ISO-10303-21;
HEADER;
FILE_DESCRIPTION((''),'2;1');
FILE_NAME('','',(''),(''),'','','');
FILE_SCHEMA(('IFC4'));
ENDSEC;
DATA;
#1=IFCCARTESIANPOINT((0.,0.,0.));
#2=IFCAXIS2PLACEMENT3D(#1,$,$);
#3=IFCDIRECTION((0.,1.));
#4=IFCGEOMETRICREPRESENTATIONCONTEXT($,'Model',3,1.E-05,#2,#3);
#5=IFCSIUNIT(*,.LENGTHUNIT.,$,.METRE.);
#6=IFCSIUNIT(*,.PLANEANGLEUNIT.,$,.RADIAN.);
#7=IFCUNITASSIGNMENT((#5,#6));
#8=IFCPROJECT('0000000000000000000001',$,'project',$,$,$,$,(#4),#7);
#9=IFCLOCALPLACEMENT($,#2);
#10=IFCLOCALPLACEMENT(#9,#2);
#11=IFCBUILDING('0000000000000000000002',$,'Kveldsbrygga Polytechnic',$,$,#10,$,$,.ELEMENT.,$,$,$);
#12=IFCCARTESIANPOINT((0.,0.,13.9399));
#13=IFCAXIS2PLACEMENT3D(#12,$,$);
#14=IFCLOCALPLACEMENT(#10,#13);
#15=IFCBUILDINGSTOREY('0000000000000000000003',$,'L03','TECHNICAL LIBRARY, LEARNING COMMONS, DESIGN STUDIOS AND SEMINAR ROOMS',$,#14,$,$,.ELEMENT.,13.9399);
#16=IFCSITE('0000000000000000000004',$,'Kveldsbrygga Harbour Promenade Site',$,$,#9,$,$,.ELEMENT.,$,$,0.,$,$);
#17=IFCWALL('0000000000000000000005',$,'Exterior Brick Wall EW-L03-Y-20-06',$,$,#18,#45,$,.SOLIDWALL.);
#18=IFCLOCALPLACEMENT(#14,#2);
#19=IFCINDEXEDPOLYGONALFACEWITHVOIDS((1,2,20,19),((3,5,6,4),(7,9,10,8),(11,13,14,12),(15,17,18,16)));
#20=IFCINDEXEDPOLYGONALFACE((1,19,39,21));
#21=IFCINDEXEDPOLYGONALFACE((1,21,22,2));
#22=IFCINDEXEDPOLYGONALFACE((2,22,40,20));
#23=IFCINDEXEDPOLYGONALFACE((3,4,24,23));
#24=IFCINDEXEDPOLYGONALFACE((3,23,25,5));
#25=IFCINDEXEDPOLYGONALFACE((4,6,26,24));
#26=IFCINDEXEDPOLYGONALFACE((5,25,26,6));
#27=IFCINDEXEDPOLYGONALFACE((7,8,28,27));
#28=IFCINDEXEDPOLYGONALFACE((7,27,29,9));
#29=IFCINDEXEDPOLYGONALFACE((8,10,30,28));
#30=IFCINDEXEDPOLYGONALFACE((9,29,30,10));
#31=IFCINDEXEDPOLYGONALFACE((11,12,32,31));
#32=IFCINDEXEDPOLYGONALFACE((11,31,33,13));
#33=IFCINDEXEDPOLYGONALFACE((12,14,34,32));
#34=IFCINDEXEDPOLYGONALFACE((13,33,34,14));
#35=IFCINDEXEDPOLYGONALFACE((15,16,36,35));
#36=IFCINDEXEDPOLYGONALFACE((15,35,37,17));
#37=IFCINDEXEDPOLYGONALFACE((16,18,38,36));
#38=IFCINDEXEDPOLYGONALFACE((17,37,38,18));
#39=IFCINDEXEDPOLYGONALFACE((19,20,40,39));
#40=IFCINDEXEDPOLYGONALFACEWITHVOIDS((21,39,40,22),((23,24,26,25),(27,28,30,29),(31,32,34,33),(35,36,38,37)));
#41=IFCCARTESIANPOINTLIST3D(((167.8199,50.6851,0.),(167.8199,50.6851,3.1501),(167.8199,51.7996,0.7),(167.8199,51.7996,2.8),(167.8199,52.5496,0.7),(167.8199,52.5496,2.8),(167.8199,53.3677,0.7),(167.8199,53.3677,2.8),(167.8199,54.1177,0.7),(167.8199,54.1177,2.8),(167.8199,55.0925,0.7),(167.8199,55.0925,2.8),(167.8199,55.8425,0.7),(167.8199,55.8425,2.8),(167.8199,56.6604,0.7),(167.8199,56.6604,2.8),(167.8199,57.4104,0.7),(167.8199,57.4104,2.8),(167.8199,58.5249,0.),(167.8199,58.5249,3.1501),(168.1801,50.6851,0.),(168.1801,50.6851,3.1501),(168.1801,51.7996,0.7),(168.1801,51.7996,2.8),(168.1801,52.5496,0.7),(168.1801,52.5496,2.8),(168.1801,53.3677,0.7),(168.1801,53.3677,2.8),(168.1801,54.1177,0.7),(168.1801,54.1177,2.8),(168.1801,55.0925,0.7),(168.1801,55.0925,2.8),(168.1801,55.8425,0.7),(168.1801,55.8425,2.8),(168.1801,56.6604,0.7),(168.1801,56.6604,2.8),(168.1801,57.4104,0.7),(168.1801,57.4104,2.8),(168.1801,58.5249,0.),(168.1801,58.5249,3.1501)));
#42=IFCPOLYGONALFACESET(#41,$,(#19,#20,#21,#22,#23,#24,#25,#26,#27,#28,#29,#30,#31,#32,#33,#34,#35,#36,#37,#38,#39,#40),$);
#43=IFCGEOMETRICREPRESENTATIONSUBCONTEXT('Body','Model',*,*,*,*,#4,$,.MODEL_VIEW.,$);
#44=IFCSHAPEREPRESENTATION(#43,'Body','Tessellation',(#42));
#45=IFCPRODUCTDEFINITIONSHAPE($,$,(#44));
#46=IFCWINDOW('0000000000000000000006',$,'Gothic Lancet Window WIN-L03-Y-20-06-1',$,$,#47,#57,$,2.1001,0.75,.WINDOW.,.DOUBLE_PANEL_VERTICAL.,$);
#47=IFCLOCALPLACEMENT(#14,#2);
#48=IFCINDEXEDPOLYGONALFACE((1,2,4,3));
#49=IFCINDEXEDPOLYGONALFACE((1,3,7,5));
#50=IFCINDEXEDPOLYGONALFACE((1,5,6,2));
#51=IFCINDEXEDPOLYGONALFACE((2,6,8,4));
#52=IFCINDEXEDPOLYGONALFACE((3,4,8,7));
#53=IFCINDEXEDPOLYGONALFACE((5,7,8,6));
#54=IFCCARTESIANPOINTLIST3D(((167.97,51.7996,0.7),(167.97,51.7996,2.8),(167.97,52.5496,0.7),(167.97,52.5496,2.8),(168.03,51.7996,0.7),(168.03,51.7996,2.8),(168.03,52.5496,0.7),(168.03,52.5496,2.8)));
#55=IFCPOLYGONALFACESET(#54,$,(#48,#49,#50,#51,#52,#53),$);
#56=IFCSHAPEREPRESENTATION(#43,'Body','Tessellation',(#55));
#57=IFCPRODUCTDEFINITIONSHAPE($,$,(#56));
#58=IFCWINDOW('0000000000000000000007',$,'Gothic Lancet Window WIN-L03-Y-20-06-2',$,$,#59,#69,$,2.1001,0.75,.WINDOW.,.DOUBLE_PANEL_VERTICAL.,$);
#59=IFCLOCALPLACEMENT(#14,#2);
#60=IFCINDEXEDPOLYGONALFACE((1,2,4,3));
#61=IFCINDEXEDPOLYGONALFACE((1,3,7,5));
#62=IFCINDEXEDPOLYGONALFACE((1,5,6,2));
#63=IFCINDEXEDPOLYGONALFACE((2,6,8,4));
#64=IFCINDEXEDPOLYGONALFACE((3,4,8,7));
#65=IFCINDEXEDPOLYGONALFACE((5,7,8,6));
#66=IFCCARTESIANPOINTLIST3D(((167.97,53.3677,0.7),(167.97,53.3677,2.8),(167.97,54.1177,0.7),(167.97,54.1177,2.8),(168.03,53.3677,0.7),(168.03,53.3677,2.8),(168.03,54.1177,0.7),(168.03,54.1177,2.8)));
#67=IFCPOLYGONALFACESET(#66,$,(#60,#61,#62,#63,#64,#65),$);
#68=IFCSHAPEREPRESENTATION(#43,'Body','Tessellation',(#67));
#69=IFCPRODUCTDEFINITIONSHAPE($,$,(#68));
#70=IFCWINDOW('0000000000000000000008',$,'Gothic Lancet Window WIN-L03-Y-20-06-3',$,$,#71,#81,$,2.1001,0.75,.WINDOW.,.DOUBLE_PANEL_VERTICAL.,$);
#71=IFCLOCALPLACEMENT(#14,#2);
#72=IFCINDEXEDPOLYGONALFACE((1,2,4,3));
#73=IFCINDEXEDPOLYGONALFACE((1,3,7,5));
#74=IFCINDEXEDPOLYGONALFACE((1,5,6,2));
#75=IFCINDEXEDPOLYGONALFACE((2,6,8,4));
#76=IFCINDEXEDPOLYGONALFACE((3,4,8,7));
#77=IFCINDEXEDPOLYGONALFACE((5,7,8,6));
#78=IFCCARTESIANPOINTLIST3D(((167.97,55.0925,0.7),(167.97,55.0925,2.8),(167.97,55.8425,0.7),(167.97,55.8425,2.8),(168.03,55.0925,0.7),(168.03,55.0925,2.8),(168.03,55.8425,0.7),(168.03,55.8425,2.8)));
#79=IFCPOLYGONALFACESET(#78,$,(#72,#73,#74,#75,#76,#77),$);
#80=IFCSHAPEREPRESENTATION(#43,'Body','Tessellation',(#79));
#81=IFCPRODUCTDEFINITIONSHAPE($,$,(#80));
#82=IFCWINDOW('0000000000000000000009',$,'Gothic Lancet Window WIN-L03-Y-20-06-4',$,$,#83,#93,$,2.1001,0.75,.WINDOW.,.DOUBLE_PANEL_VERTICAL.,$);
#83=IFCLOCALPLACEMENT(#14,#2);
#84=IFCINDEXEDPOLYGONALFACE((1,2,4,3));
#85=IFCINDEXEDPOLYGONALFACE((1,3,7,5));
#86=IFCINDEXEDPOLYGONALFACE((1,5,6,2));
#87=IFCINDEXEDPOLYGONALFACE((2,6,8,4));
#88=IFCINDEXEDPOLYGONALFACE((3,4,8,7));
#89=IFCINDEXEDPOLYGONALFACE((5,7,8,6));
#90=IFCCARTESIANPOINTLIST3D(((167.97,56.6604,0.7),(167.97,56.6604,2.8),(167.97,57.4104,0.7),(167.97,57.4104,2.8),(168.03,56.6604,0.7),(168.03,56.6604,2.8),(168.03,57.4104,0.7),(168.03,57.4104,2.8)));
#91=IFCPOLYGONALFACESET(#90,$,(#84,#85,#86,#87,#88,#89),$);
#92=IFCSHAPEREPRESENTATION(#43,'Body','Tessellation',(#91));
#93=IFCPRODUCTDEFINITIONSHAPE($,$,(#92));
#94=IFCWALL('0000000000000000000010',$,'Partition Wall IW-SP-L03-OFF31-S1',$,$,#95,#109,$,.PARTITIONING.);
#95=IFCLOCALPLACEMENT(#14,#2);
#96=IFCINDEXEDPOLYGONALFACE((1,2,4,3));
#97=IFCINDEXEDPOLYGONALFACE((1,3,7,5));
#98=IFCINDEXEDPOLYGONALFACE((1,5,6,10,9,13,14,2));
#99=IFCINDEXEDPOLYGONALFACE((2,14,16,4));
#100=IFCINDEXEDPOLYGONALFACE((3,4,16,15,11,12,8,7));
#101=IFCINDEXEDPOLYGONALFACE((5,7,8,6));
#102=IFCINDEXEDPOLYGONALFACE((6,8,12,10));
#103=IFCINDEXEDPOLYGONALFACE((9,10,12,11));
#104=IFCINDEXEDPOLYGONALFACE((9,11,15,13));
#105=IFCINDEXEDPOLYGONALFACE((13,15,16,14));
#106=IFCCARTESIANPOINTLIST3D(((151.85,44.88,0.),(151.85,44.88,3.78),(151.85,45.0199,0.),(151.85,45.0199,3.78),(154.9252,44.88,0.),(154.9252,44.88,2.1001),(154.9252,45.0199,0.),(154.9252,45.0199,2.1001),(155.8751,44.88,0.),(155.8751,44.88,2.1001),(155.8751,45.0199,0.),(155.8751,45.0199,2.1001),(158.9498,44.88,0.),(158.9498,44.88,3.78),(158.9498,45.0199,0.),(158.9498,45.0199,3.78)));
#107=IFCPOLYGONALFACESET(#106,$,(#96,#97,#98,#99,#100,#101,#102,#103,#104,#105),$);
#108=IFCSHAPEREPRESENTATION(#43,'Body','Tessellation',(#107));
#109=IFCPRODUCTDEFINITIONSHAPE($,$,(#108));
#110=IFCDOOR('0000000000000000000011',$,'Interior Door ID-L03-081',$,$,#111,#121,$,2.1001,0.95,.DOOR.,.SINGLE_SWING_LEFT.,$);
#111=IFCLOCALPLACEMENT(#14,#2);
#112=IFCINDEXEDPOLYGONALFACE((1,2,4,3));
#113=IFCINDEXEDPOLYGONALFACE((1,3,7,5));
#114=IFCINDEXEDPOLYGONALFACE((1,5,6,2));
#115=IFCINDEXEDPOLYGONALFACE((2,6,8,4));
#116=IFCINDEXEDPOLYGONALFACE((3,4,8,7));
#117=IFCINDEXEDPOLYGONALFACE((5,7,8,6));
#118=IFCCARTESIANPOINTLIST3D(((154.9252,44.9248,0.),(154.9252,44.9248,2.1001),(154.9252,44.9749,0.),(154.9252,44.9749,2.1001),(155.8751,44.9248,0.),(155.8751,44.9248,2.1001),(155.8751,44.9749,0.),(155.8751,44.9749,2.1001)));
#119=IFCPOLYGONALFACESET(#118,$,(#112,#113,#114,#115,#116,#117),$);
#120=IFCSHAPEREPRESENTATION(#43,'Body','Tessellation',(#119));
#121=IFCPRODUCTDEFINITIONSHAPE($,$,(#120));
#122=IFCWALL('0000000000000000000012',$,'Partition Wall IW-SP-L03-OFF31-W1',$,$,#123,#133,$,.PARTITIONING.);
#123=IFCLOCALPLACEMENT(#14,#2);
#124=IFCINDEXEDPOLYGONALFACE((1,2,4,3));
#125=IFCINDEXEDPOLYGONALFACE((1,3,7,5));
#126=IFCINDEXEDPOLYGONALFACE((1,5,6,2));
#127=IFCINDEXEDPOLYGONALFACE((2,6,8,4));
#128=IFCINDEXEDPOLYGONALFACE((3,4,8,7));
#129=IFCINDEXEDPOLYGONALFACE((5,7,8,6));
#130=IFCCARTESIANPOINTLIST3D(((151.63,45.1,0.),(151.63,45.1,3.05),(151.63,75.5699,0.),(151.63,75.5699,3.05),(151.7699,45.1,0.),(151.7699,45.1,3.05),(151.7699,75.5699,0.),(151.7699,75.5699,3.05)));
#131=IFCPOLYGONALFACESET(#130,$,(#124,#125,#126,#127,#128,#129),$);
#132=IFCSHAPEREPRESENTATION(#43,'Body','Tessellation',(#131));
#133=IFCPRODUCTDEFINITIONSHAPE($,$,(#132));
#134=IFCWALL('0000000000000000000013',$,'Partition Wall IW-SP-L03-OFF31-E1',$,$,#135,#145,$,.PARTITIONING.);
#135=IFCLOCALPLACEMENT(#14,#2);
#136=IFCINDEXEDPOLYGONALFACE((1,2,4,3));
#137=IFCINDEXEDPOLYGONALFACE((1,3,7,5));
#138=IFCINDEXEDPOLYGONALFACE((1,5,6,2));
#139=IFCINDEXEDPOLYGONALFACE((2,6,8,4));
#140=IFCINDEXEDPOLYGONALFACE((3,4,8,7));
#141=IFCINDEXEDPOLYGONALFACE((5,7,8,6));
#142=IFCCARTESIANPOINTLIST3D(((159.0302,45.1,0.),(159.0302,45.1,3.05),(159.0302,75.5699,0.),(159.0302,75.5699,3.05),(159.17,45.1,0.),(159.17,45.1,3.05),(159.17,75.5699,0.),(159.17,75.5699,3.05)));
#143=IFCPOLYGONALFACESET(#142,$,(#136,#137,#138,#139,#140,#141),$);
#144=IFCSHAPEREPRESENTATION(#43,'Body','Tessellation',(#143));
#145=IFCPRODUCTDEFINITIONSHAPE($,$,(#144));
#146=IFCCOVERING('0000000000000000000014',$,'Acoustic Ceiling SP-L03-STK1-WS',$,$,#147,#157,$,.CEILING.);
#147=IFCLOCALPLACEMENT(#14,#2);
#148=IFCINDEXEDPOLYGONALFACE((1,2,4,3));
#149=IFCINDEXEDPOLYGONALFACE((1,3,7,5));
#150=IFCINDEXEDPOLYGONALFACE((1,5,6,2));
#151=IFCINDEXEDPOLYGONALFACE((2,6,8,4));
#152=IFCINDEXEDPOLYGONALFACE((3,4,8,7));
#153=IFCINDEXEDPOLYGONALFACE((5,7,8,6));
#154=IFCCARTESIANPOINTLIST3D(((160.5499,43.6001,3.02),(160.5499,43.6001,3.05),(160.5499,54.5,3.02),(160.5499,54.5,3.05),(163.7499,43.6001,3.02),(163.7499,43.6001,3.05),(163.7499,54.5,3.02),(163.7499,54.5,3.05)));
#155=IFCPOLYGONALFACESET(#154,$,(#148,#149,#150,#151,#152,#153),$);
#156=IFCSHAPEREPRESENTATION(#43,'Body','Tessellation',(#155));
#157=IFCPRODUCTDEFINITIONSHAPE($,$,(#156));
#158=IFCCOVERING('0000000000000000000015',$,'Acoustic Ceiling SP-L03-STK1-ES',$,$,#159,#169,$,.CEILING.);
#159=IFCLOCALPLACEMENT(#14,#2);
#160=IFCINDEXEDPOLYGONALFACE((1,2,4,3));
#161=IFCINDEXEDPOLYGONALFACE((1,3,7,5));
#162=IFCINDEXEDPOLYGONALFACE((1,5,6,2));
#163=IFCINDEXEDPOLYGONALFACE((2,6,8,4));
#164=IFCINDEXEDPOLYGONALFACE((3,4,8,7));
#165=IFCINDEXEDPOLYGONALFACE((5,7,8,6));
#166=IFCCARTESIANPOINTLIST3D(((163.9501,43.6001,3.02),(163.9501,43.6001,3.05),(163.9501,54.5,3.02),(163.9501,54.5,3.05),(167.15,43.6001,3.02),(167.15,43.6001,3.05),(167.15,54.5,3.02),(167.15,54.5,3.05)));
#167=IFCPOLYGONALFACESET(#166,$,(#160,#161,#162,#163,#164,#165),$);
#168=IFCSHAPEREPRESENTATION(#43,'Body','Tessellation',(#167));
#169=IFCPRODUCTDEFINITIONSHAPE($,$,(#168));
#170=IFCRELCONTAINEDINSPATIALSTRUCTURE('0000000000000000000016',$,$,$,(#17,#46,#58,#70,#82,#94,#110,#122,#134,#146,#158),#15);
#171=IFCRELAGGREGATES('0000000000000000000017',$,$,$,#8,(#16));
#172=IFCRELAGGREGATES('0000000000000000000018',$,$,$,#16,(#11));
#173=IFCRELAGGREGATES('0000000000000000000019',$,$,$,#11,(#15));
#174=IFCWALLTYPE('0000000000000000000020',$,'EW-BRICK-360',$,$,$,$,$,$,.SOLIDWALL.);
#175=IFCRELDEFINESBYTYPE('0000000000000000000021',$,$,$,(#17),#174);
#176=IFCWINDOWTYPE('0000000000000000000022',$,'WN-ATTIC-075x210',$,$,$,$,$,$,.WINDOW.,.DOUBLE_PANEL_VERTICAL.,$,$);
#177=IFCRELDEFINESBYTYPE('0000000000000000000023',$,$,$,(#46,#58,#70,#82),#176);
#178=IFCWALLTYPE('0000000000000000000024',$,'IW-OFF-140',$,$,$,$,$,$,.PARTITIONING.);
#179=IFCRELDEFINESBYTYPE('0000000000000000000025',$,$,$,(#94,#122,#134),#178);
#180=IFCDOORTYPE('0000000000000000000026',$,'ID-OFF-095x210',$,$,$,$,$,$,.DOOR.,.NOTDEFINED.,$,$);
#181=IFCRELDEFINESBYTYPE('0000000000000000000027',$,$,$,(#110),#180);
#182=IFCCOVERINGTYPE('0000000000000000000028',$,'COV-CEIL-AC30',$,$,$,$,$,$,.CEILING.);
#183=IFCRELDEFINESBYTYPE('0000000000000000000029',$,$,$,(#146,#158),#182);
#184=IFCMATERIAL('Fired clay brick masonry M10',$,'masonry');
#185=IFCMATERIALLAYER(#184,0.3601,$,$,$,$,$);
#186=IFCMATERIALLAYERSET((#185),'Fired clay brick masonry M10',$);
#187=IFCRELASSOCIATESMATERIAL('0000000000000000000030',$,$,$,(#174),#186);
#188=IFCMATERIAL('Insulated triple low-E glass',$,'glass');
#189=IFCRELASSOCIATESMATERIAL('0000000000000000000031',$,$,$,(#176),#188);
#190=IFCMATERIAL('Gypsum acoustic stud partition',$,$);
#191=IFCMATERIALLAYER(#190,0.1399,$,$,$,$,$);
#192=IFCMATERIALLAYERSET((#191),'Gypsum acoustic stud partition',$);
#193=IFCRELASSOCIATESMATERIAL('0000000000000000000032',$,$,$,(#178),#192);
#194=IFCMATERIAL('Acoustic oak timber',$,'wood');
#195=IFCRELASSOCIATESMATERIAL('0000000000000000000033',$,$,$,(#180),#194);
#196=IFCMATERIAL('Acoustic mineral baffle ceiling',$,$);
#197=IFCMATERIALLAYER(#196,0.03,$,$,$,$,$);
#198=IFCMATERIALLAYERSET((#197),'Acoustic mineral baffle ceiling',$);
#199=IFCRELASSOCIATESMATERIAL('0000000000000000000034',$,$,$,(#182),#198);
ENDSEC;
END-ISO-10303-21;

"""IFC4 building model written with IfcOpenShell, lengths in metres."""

from ifc_helpers import new_model, si_unit, direction, frame, frame_2d, origin, origin_2d, place, context, subcontext, project, spatial, rectangle, extrude, material, layer, layer_set, type_object, element, fill, save


model = new_model("IFC4")

# Units and contexts
model_context = context("Model", 3, precision=1e-05, world=origin(), true_north=direction((0.0, 1.0)))
body_context = subcontext(model_context, "Body", "Model", "MODEL_VIEW")
ifc_project = project(units=[si_unit("LENGTHUNIT", "METRE"), si_unit("PLANEANGLEUNIT", "RADIAN")], contexts=[model_context])

# Site, building, storey
site_placement = place(None, origin())
site = spatial("IfcSite", under=ifc_project, at=site_placement, Name="Kveldsbrygga Harbour Promenade Site", CompositionType="ELEMENT", RefElevation=0.0)
building_placement = place(site_placement, origin())
building = spatial("IfcBuilding", under=site, at=building_placement, Name="Kveldsbrygga Polytechnic", CompositionType="ELEMENT")
storey_placement = place(building_placement, frame((0.0, 0.0, 13.9399)))
storey = spatial("IfcBuildingStorey", under=building, at=storey_placement, Name="L03", Description="TECHNICAL LIBRARY, LEARNING COMMONS, DESIGN STUDIOS AND SEMINAR ROOMS", CompositionType="ELEMENT", Elevation=13.9399)

# Wall, openings, windows
ifc_material_1 = material(Name="Fired clay brick masonry M10", Category="masonry")
ifc_layer_1 = layer(ifc_material_1, 0.3601)
ifc_layer_set_1 = layer_set([ifc_layer_1], Name="Fired clay brick masonry M10")
wall_type_1 = type_object("IfcWallType", Name="EW-BRICK-360", PredefinedType="SOLIDWALL", material=ifc_layer_set_1)
ifc_material_2 = material(Name="Insulated triple low-E glass", Category="glass")
window_type = type_object("IfcWindowType", Name="WN-ATTIC-075x210", PartitioningType="DOUBLE_PANEL_VERTICAL", PredefinedType="WINDOW", material=ifc_material_2)
wall_1_placement = place(storey_placement, frame((168.0, 50.6851, 0.0), z_axis=(0.0, 0.0, 1.0), x_axis=(0.0, 1.0, 0.0)))
wall_1 = element("IfcWall", 1, at=wall_1_placement, inside=storey, type_object=wall_type_1, Name="Exterior Brick Wall EW-L03-Y-20-06", PredefinedType="SOLIDWALL", context=body_context, shape_type="SweptSolid", body=[
    extrude(rectangle(XDim=7.8398, YDim=0.3601, at=frame_2d((3.9199, 0.0))), origin(), (0.0, 0.0, 1.0), 3.1501),
])
opening_1_placement = place(wall_1_placement, frame((1.1145, 0.0, 0.7)))
opening_1 = element("IfcOpeningElement", 2, at=opening_1_placement, cuts=wall_1, PredefinedType="OPENING", context=body_context, shape_type="SweptSolid", body=[
    extrude(rectangle(XDim=0.75, YDim=2.1001, at=frame_2d((0.375, 1.05))), frame((0.0, 0.1899, 0.0), z_axis=(0.0, -1.0, 0.0), x_axis=(1.0, 0.0, 0.0)), (0.0, 0.0, 1.0), 0.3801),
])
opening_2_placement = place(wall_1_placement, frame((2.6826, 0.0, 0.7)))
opening_2 = element("IfcOpeningElement", 3, at=opening_2_placement, cuts=wall_1, PredefinedType="OPENING", context=body_context, shape_type="SweptSolid", body=[
    extrude(rectangle(XDim=0.75, YDim=2.1001, at=frame_2d((0.375, 1.05))), frame((0.0, 0.1899, 0.0), z_axis=(0.0, -1.0, 0.0), x_axis=(1.0, 0.0, 0.0)), (0.0, 0.0, 1.0), 0.3801),
])
opening_3_placement = place(wall_1_placement, frame((4.4075, 0.0, 0.7)))
opening_3 = element("IfcOpeningElement", 4, at=opening_3_placement, cuts=wall_1, PredefinedType="OPENING", context=body_context, shape_type="SweptSolid", body=[
    extrude(rectangle(XDim=0.75, YDim=2.1001, at=frame_2d((0.375, 1.05))), frame((0.0, 0.1899, 0.0), z_axis=(0.0, -1.0, 0.0), x_axis=(1.0, 0.0, 0.0)), (0.0, 0.0, 1.0), 0.3801),
])
opening_4_placement = place(wall_1_placement, frame((5.9753, 0.0, 0.7)))
opening_4 = element("IfcOpeningElement", 5, at=opening_4_placement, cuts=wall_1, PredefinedType="OPENING", context=body_context, shape_type="SweptSolid", body=[
    extrude(rectangle(XDim=0.75, YDim=2.1001, at=frame_2d((0.375, 1.05))), frame((0.0, 0.1899, 0.0), z_axis=(0.0, -1.0, 0.0), x_axis=(1.0, 0.0, 0.0)), (0.0, 0.0, 1.0), 0.3801),
])
window_1_placement = place(opening_1_placement, origin())
window_1 = element("IfcWindow", 6, at=window_1_placement, inside=storey, type_object=window_type, Name="Gothic Lancet Window WIN-L03-Y-20-06-1", OverallHeight=2.1001, OverallWidth=0.75, PartitioningType="DOUBLE_PANEL_VERTICAL", PredefinedType="WINDOW", context=body_context, shape_type="SweptSolid", body=[
    extrude(rectangle(XDim=0.75, YDim=2.1001, at=frame_2d((0.375, 1.05))), frame((0.0, 0.03, 0.0), z_axis=(0.0, -1.0, 0.0), x_axis=(1.0, 0.0, 0.0)), (0.0, 0.0, 1.0), 0.0601),
])
fill(opening_1, window_1)
window_2_placement = place(opening_2_placement, origin())
window_2 = element("IfcWindow", 7, at=window_2_placement, inside=storey, type_object=window_type, Name="Gothic Lancet Window WIN-L03-Y-20-06-2", OverallHeight=2.1001, OverallWidth=0.75, PartitioningType="DOUBLE_PANEL_VERTICAL", PredefinedType="WINDOW", context=body_context, shape_type="SweptSolid", body=[
    extrude(rectangle(XDim=0.75, YDim=2.1001, at=frame_2d((0.375, 1.05))), frame((0.0, 0.03, 0.0), z_axis=(0.0, -1.0, 0.0), x_axis=(1.0, 0.0, 0.0)), (0.0, 0.0, 1.0), 0.0601),
])
fill(opening_2, window_2)
window_3_placement = place(opening_3_placement, origin())
window_3 = element("IfcWindow", 8, at=window_3_placement, inside=storey, type_object=window_type, Name="Gothic Lancet Window WIN-L03-Y-20-06-3", OverallHeight=2.1001, OverallWidth=0.75, PartitioningType="DOUBLE_PANEL_VERTICAL", PredefinedType="WINDOW", context=body_context, shape_type="SweptSolid", body=[
    extrude(rectangle(XDim=0.75, YDim=2.1001, at=frame_2d((0.375, 1.05))), frame((0.0, 0.03, 0.0), z_axis=(0.0, -1.0, 0.0), x_axis=(1.0, 0.0, 0.0)), (0.0, 0.0, 1.0), 0.0601),
])
fill(opening_3, window_3)
window_4_placement = place(opening_4_placement, origin())
window_4 = element("IfcWindow", 9, at=window_4_placement, inside=storey, type_object=window_type, Name="Gothic Lancet Window WIN-L03-Y-20-06-4", OverallHeight=2.1001, OverallWidth=0.75, PartitioningType="DOUBLE_PANEL_VERTICAL", PredefinedType="WINDOW", context=body_context, shape_type="SweptSolid", body=[
    extrude(rectangle(XDim=0.75, YDim=2.1001, at=frame_2d((0.375, 1.05))), frame((0.0, 0.03, 0.0), z_axis=(0.0, -1.0, 0.0), x_axis=(1.0, 0.0, 0.0)), (0.0, 0.0, 1.0), 0.0601),
])
fill(opening_4, window_4)

# Wall, opening, door
ifc_material_3 = material(Name="Gypsum acoustic stud partition")
ifc_layer_2 = layer(ifc_material_3, 0.1399)
ifc_layer_set_2 = layer_set([ifc_layer_2], Name="Gypsum acoustic stud partition")
wall_type_2 = type_object("IfcWallType", Name="IW-OFF-140", PredefinedType="PARTITIONING", material=ifc_layer_set_2)
wall_2_placement = place(storey_placement, frame((151.8501, 44.95, 0.0), z_axis=(0.0, 0.0, 1.0), x_axis=(1.0, 0.0, 0.0)))
wall_2 = element("IfcWall", 10, at=wall_2_placement, inside=storey, type_object=wall_type_2, Name="Partition Wall IW-SP-L03-OFF31-S1", PredefinedType="PARTITIONING", context=body_context, shape_type="SweptSolid", body=[
    extrude(rectangle(XDim=7.0999, YDim=0.1399, at=frame_2d((3.5498, 0.0))), origin(), (0.0, 0.0, 1.0), 3.78),
])
opening_5_placement = place(wall_2_placement, frame((3.075, 0.0, 0.0)))
opening_5 = element("IfcOpeningElement", 11, at=opening_5_placement, cuts=wall_2, PredefinedType="OPENING", context=body_context, shape_type="SweptSolid", body=[
    extrude(rectangle(XDim=0.95, YDim=2.1001, at=frame_2d((0.4751, 1.05))), frame((0.0, 0.0801, 0.0), z_axis=(0.0, -1.0, 0.0), x_axis=(1.0, 0.0, 0.0)), (0.0, 0.0, 1.0), 0.1599),
])
ifc_material_4 = material(Name="Acoustic oak timber", Category="wood")
door_type = type_object("IfcDoorType", Name="ID-OFF-095x210", OperationType="NOTDEFINED", PredefinedType="DOOR", material=ifc_material_4)
door_placement = place(opening_5_placement, origin())
door = element("IfcDoor", 12, at=door_placement, inside=storey, type_object=door_type, Name="Interior Door ID-L03-081", OperationType="SINGLE_SWING_LEFT", OverallHeight=2.1001, OverallWidth=0.95, PredefinedType="DOOR", context=body_context, shape_type="SweptSolid", body=[
    extrude(rectangle(XDim=0.95, YDim=2.1001, at=frame_2d((0.4751, 1.05))), frame((0.0, 0.0249, 0.0), z_axis=(0.0, -1.0, 0.0), x_axis=(1.0, 0.0, 0.0)), (0.0, 0.0, 1.0), 0.05),
])
fill(opening_5, door)

# Walls
for number, where, z_axis, x_axis, name in (
    (13, (151.7, 45.1001, 0.0), (0.0, 0.0, 1.0), (0.0, 1.0, 0.0), "Partition Wall IW-SP-L03-OFF31-W1"),
    (14, (159.1001, 45.1001, 0.0), (0.0, 0.0, 1.0), (0.0, 1.0, 0.0), "Partition Wall IW-SP-L03-OFF31-E1"),
):
    element("IfcWall", number, at=place(storey_placement, frame(where, z_axis=z_axis, x_axis=x_axis)), inside=storey, type_object=wall_type_2, Name=name, PredefinedType="PARTITIONING", context=body_context, shape_type="SweptSolid", body=[
        extrude(rectangle(XDim=30.47, YDim=0.1399, at=frame_2d((15.2349, 0.0))), origin(), (0.0, 0.0, 1.0), 3.05),
    ])

# Coverings
ifc_material_5 = material(Name="Acoustic mineral baffle ceiling")
ifc_layer_3 = layer(ifc_material_5, 0.03)
ifc_layer_set_3 = layer_set([ifc_layer_3], Name="Acoustic mineral baffle ceiling")
covering_type_1 = type_object("IfcCoveringType", Name="COV-CEIL-AC30", PredefinedType="CEILING", material=ifc_layer_set_3)
for number, where, z_axis, x_axis, name in (
    (15, (162.1499, 49.05, 3.02), (0.0, 0.0, 1.0), (1.0, 0.0, 0.0), "Acoustic Ceiling SP-L03-STK1-WS"),
    (16, (165.55, 49.05, 3.02), (0.0, 0.0, 1.0), (1.0, 0.0, 0.0), "Acoustic Ceiling SP-L03-STK1-ES"),
):
    element("IfcCovering", number, at=place(storey_placement, frame(where, z_axis=z_axis, x_axis=x_axis)), inside=storey, type_object=covering_type_1, Name=name, PredefinedType="CEILING", context=body_context, shape_type="SweptSolid", body=[
        extrude(rectangle(XDim=3.2, YDim=10.8999, at=origin_2d()), origin(), (0.0, 0.0, 1.0), 0.03),
    ])

save(model, "model.ifc")
